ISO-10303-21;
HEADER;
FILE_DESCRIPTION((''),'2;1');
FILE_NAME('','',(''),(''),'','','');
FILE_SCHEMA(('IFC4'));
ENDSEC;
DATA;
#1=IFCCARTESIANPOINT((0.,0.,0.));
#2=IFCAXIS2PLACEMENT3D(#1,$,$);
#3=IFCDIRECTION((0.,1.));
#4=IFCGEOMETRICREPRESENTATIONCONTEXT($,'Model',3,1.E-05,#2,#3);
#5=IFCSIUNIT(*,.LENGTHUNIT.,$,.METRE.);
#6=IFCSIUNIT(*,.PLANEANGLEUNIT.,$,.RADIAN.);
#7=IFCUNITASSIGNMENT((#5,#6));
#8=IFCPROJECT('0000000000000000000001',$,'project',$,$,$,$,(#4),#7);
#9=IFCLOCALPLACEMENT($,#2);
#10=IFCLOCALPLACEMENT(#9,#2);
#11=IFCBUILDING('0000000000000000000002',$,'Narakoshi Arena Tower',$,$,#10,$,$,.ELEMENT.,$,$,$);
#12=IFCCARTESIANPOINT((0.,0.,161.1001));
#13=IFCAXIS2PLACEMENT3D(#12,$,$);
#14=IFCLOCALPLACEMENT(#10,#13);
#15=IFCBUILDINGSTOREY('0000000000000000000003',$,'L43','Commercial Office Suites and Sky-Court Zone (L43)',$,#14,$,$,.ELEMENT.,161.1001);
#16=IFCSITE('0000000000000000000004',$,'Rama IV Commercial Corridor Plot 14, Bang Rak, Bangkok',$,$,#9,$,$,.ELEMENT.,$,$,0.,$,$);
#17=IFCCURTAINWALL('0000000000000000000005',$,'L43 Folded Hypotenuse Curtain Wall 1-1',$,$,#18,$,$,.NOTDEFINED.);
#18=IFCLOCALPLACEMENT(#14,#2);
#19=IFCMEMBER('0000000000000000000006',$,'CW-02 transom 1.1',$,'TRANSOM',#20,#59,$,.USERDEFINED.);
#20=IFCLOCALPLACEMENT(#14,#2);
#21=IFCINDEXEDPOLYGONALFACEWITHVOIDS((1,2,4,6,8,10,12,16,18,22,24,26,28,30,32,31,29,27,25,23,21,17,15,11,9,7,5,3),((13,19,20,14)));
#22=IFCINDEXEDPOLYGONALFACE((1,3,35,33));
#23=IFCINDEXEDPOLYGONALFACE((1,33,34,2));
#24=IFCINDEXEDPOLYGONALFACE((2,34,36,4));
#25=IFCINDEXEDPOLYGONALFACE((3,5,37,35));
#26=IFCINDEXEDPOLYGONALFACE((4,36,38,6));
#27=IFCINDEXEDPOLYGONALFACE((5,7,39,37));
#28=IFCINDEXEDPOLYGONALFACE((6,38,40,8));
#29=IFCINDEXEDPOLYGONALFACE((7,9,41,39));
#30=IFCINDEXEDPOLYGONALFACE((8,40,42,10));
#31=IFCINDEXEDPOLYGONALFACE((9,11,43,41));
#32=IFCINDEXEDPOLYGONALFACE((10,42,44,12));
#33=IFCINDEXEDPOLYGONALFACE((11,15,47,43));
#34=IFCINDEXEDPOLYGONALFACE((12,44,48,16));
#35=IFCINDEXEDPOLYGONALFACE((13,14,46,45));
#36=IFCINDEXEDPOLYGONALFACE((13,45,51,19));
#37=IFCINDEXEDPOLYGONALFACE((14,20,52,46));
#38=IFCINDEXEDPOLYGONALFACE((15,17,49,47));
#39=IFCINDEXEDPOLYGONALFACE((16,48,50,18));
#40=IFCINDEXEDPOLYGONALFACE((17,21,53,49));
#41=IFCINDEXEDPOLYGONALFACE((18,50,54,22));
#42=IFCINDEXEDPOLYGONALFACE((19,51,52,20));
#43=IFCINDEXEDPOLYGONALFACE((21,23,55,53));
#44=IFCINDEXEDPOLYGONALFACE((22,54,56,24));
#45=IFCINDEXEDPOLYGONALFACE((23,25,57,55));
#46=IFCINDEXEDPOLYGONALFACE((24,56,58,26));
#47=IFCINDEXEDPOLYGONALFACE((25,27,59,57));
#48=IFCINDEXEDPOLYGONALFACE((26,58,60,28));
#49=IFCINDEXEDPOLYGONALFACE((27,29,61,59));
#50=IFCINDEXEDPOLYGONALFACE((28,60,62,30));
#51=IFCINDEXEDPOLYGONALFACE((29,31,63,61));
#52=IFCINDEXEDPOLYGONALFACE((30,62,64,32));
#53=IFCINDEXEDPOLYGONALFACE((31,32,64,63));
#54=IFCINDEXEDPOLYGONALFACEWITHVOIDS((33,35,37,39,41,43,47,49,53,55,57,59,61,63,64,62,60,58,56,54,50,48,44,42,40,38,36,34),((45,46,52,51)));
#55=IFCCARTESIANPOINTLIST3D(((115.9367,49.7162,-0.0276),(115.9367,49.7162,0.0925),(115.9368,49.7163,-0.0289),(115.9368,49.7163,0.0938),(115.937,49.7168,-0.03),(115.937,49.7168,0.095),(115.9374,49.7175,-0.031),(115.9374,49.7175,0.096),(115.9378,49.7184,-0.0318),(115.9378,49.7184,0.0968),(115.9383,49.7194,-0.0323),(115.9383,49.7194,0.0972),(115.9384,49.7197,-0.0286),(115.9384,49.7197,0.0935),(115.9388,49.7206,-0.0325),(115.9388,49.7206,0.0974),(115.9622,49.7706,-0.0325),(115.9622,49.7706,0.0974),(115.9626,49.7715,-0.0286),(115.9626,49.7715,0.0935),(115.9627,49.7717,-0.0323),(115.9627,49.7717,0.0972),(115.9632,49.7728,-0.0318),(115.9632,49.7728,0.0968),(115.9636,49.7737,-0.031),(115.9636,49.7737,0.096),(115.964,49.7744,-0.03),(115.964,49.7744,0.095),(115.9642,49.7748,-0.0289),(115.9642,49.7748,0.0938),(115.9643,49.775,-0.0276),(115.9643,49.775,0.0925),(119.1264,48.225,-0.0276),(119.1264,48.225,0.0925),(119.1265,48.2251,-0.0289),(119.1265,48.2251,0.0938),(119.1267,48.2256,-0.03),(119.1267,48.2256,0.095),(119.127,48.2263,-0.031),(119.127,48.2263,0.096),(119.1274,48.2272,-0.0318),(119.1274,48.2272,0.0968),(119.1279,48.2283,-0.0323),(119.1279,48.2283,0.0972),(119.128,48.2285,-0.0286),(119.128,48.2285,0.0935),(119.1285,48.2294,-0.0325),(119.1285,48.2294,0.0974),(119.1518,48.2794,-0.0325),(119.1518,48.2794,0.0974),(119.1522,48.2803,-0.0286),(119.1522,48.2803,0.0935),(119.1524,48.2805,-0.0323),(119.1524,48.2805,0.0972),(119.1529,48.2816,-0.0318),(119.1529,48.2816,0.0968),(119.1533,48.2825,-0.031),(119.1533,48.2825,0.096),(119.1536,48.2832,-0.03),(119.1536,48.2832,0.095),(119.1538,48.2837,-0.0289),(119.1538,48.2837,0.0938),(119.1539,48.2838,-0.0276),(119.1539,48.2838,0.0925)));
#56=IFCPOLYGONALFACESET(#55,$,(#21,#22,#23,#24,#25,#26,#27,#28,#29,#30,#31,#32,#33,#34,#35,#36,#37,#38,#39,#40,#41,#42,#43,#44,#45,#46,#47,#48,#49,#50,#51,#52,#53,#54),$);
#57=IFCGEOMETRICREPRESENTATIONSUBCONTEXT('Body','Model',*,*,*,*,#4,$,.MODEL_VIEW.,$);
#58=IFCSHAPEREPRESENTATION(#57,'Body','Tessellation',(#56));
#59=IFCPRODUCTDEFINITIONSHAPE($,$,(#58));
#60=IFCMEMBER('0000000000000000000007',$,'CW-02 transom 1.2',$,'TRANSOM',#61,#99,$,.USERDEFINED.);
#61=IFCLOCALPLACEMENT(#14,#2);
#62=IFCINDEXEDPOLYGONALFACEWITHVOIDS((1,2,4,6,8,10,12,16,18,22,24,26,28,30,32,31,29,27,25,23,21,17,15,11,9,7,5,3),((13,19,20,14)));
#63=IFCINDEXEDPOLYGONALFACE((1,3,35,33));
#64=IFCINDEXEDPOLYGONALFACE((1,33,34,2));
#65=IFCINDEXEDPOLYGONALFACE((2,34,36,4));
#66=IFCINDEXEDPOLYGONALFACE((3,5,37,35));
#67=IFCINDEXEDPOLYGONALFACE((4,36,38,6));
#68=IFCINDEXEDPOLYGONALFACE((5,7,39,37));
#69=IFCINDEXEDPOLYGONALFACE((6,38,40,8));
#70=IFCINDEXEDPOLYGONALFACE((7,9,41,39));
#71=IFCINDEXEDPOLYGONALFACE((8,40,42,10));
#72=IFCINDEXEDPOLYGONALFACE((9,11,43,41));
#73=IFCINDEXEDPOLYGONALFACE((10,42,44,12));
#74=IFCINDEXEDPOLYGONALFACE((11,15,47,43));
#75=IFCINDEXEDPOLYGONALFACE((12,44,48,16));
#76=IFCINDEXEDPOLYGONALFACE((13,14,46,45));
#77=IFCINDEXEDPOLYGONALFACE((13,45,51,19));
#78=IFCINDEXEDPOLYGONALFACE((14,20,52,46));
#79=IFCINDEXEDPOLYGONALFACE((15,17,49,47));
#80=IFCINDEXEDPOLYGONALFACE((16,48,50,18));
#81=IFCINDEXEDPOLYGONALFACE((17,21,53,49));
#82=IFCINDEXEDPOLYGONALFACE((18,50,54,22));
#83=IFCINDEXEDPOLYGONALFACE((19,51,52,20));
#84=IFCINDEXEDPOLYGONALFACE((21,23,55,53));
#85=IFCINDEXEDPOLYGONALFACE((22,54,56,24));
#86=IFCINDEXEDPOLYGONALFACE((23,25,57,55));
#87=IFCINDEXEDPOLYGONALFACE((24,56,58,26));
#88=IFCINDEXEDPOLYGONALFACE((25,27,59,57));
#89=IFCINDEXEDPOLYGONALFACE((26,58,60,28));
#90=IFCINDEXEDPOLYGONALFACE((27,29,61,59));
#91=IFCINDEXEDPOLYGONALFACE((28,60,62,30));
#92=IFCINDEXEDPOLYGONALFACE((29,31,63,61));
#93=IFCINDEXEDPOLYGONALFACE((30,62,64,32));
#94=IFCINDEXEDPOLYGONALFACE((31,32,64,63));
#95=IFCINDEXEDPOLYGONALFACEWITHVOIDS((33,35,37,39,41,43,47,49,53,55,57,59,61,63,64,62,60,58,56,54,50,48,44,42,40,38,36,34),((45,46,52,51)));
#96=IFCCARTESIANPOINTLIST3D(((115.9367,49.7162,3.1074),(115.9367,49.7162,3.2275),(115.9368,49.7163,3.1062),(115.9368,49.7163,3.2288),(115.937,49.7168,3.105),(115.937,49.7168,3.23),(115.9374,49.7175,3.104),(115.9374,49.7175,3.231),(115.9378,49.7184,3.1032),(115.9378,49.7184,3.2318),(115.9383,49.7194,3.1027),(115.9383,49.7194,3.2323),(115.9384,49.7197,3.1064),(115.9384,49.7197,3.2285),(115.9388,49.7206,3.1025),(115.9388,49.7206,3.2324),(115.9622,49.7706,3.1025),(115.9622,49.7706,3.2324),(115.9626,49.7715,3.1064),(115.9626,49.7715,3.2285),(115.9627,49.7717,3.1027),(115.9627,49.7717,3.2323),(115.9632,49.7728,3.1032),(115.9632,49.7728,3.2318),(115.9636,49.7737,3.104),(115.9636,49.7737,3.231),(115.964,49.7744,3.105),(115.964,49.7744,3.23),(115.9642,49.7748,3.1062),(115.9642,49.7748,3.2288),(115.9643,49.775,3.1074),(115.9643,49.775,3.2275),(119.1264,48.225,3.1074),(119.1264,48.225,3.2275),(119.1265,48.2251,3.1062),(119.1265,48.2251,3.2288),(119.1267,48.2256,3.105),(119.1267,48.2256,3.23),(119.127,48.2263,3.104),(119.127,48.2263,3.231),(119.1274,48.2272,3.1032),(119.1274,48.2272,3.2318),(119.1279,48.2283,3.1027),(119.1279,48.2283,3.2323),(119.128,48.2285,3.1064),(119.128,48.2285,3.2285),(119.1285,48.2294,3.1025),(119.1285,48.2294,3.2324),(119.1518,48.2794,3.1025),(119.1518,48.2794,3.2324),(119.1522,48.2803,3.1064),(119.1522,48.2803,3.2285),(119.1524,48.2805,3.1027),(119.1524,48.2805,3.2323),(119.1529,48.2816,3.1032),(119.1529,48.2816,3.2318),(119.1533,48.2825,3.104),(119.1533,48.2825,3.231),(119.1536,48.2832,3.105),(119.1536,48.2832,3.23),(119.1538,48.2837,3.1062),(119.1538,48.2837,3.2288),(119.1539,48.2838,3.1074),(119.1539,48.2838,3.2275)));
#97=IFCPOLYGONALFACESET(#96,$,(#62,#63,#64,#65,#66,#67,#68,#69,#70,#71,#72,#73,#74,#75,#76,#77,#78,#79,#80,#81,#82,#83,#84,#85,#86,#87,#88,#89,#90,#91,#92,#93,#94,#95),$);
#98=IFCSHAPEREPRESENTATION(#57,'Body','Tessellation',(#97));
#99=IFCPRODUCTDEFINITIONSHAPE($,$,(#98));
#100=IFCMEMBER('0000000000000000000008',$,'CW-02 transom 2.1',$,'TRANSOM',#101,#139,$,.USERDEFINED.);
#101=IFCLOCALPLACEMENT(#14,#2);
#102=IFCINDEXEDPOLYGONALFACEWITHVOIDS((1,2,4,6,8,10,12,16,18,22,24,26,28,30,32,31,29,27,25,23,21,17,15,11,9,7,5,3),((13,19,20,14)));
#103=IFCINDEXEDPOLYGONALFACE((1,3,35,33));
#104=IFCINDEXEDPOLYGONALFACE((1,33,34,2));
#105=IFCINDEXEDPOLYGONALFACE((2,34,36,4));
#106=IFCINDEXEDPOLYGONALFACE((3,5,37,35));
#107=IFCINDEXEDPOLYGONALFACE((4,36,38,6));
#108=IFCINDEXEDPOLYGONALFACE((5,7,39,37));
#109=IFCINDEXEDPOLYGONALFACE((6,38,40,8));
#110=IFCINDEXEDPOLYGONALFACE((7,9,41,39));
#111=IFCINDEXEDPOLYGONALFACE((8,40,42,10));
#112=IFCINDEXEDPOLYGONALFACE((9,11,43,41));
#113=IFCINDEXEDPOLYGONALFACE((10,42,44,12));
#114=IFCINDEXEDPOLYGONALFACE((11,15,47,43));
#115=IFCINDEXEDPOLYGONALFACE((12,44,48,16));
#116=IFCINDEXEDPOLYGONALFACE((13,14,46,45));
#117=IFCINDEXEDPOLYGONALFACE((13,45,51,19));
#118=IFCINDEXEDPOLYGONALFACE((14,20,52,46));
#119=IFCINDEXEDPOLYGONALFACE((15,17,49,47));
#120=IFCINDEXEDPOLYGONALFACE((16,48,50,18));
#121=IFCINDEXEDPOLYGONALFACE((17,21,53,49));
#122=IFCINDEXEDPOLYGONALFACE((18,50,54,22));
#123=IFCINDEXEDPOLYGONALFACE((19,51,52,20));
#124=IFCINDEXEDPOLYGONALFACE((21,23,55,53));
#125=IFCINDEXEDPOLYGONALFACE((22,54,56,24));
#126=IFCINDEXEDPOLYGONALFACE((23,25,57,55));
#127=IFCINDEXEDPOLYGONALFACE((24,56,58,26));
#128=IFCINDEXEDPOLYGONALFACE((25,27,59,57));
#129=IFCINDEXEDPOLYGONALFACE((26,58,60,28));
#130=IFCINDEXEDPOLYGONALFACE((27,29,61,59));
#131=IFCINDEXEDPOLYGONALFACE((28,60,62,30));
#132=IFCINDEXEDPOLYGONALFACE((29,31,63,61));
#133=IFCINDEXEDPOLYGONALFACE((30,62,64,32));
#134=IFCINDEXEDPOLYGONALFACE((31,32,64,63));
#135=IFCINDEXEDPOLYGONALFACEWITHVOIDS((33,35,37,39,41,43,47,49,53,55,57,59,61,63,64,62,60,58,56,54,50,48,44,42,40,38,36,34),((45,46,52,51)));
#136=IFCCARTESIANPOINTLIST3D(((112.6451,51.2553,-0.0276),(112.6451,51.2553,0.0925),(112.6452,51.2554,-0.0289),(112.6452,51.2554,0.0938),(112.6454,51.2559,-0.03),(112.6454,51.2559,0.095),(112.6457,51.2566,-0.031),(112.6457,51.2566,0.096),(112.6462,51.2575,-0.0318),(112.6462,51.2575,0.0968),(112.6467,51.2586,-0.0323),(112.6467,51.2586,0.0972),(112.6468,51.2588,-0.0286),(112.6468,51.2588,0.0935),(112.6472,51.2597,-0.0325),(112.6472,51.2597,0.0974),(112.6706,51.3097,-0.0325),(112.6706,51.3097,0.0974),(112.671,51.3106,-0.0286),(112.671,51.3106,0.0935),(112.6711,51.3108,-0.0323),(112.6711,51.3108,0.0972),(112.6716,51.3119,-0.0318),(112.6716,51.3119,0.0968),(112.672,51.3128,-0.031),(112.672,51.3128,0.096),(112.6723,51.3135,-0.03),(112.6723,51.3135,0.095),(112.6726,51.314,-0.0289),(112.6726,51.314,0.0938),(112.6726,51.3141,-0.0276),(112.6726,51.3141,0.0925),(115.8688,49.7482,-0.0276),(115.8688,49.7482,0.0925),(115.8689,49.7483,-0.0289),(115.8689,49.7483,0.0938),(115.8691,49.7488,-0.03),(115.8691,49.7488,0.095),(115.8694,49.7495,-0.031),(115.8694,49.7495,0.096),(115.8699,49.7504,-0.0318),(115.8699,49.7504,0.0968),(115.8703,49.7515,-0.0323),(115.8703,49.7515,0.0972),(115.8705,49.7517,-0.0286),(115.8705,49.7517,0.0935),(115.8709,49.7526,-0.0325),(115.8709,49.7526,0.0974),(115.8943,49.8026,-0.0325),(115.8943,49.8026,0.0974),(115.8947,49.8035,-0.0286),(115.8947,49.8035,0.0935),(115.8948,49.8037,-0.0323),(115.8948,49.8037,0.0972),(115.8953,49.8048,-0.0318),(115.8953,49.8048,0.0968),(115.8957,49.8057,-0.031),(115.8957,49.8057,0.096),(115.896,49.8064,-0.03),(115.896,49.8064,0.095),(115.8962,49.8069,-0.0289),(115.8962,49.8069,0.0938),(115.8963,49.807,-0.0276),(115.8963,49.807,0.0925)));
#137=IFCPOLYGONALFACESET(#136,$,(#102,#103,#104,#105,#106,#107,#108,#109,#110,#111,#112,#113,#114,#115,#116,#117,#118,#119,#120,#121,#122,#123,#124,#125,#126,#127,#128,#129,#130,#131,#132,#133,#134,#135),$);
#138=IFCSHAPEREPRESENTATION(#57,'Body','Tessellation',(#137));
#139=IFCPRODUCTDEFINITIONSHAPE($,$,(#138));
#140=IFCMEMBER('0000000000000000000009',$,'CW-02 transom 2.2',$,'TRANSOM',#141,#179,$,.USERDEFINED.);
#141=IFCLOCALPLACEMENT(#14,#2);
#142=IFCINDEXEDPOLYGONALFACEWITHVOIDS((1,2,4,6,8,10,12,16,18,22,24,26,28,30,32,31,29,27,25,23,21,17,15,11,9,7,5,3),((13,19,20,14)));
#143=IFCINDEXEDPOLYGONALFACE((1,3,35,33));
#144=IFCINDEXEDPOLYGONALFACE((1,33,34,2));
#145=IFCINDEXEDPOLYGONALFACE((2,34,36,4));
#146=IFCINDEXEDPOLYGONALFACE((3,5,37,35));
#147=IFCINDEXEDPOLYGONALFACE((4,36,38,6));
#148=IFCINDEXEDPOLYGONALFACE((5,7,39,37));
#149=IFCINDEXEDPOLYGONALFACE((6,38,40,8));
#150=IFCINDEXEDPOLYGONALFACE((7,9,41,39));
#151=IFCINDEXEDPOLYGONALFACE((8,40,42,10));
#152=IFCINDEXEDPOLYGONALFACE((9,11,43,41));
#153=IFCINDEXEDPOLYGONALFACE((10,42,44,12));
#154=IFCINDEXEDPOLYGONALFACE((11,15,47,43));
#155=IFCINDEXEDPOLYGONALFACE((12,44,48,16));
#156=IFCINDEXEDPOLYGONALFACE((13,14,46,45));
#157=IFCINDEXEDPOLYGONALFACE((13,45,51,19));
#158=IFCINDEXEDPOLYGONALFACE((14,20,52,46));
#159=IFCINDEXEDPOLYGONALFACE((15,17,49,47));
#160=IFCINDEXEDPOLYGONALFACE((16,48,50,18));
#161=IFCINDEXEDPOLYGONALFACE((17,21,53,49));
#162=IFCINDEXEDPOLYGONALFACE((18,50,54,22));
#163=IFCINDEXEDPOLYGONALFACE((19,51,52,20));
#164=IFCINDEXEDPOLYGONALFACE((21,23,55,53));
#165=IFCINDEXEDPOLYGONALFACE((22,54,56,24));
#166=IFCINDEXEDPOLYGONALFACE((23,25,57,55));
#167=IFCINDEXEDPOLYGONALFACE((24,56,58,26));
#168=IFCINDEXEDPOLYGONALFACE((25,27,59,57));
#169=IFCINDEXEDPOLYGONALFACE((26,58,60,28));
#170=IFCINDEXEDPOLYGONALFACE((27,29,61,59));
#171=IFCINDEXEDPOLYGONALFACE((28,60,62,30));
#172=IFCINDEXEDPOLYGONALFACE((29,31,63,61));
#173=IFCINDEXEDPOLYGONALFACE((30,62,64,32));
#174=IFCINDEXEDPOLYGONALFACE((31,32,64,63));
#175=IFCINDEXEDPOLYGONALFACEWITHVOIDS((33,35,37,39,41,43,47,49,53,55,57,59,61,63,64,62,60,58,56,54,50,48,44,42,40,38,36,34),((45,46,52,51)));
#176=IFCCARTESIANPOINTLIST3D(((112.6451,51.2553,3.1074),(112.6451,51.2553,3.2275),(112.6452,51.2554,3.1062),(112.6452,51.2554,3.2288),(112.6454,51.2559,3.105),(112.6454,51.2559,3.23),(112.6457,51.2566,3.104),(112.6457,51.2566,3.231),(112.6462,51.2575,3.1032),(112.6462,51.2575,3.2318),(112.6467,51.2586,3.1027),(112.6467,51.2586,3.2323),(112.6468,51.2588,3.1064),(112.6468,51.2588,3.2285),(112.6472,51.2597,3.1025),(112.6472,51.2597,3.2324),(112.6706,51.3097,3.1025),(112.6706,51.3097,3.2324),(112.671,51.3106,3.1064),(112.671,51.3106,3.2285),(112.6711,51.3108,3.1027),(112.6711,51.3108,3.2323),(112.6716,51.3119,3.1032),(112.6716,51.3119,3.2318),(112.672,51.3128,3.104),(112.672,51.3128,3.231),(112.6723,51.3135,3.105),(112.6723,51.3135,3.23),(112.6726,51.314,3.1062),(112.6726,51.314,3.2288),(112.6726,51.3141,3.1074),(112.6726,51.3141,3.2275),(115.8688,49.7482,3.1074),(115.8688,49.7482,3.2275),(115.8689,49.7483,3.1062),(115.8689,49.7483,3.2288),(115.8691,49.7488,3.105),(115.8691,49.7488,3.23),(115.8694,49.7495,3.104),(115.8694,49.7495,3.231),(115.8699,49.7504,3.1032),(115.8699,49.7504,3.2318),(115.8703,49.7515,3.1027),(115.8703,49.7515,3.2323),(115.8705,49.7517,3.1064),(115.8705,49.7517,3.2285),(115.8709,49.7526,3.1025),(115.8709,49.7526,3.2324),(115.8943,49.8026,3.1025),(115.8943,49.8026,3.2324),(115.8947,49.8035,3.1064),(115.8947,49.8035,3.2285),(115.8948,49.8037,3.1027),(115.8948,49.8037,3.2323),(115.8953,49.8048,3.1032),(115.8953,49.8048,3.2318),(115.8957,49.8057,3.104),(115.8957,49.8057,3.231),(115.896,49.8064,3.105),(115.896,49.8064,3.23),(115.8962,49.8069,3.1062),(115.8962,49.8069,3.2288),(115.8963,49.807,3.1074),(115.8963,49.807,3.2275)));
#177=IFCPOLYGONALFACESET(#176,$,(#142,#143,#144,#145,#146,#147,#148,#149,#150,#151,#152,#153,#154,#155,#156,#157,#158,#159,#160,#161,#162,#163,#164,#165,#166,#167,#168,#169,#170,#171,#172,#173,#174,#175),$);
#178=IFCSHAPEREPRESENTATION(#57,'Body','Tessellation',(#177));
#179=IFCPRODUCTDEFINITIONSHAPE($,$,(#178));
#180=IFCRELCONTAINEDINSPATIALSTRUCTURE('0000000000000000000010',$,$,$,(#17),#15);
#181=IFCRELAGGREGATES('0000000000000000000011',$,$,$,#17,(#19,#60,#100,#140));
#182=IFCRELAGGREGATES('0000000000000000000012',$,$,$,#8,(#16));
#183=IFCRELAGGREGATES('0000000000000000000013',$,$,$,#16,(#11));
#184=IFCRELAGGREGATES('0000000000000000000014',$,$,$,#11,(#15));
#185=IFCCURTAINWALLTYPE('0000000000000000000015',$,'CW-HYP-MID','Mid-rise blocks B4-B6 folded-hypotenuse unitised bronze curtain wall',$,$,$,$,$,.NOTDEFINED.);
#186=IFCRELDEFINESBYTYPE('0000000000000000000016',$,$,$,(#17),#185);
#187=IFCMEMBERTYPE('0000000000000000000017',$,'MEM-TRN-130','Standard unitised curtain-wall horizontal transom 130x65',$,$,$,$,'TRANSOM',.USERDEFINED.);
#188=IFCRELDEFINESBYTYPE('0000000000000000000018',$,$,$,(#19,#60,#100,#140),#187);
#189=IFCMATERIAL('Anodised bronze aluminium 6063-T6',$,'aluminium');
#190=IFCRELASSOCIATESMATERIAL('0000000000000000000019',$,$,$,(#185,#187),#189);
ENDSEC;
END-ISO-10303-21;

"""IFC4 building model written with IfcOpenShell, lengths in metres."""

from ifc_helpers import new_model, si_unit, direction, frame, origin, origin_2d, place, context, subcontext, project, spatial, hollow_rectangle, extrude, material, material_profile, profile_set, type_object, element, aggregate, save


model = new_model("IFC4")

# Units and contexts
model_context = context("Model", 3, precision=1e-05, world=origin(), true_north=direction((0.0, 1.0)))
body_context = subcontext(model_context, "Body", "Model", "MODEL_VIEW")
ifc_project = project(units=[si_unit("LENGTHUNIT", "METRE"), si_unit("PLANEANGLEUNIT", "RADIAN")], contexts=[model_context])

# Site, building, storey
site_placement = place(None, origin())
site = spatial("IfcSite", under=ifc_project, at=site_placement, Name="Rama IV Commercial Corridor Plot 14, Bang Rak, Bangkok", CompositionType="ELEMENT", RefElevation=0.0)
building_placement = place(site_placement, origin())
building = spatial("IfcBuilding", under=site, at=building_placement, Name="Narakoshi Arena Tower", CompositionType="ELEMENT")
storey_placement = place(building_placement, frame((0.0, 0.0, 161.1001)))
storey = spatial("IfcBuildingStorey", under=building, at=storey_placement, Name="L43", Description="Commercial Office Suites and Sky-Court Zone (L43)", CompositionType="ELEMENT", Elevation=161.1001)

# Curtain wall, members
ifc_material_1 = material(Name="Anodised bronze aluminium 6063-T6", Category="aluminium")
curtain_wall_type = type_object("IfcCurtainWallType", Name="CW-HYP-MID", Description="Mid-rise blocks B4-B6 folded-hypotenuse unitised bronze curtain wall", PredefinedType="NOTDEFINED", material=ifc_material_1)
curtain_wall_placement = place(storey_placement, origin())
curtain_wall = element("IfcCurtainWall", 1, at=curtain_wall_placement, inside=storey, type_object=curtain_wall_type, Name="L43 Folded Hypotenuse Curtain Wall 1-1", PredefinedType="NOTDEFINED")
ifc_material_profile_1 = material_profile(ifc_material_1, hollow_rectangle(XDim=0.0649, YDim=0.1299, WallThickness=0.0039, OuterFilletRadius=0.0049, at=origin_2d()), Name="TRN130x65x4")
ifc_profile_set_1 = profile_set([ifc_material_profile_1], Name="Anodised bronze aluminium 6063-T6")
member_type_1 = type_object("IfcMemberType", Name="MEM-TRN-130", Description="Standard unitised curtain-wall horizontal transom 130x65", ElementType="TRANSOM", PredefinedType="USERDEFINED", material=ifc_profile_set_1)
member_1_placement = place(storey_placement, frame((119.1401, 48.2544, 0.0325), z_axis=(-0.905891, 0.423512, 0.0), x_axis=(-0.423512, -0.905891, 0.0)))
member_1 = element("IfcMember", 2, at=member_1_placement, type_object=member_type_1, Name="CW-02 transom 1.1", ObjectType="TRANSOM", PredefinedType="USERDEFINED", context=body_context, shape_type="SweptSolid", body=[
    extrude(hollow_rectangle(XDim=0.0649, YDim=0.1299, WallThickness=0.0039, OuterFilletRadius=0.0049, at=origin_2d()), origin(), (0.0, 0.0, 1.0), 3.521),
])
member_2_placement = place(storey_placement, frame((119.1401, 48.2544, 3.1675), z_axis=(-0.905891, 0.423512, 0.0), x_axis=(-0.423512, -0.905891, 0.0)))
member_2 = element("IfcMember", 3, at=member_2_placement, type_object=member_type_1, Name="CW-02 transom 1.2", ObjectType="TRANSOM", PredefinedType="USERDEFINED", context=body_context, shape_type="SweptSolid", body=[
    extrude(hollow_rectangle(XDim=0.0649, YDim=0.1299, WallThickness=0.0039, OuterFilletRadius=0.0049, at=origin_2d()), origin(), (0.0, 0.0, 1.0), 3.521),
])
member_3_placement = place(storey_placement, frame((115.8826, 49.7776, 0.0325), z_axis=(-0.90589, 0.423513, 0.0), x_axis=(-0.423513, -0.90589, 0.0)))
member_3 = element("IfcMember", 4, at=member_3_placement, type_object=member_type_1, Name="CW-02 transom 2.1", ObjectType="TRANSOM", PredefinedType="USERDEFINED", context=body_context, shape_type="SweptSolid", body=[
    extrude(hollow_rectangle(XDim=0.0649, YDim=0.1299, WallThickness=0.0039, OuterFilletRadius=0.0049, at=origin_2d()), origin(), (0.0, 0.0, 1.0), 3.5586),
])
member_4_placement = place(storey_placement, frame((115.8826, 49.7776, 3.1675), z_axis=(-0.90589, 0.423513, 0.0), x_axis=(-0.423513, -0.90589, 0.0)))
member_4 = element("IfcMember", 5, at=member_4_placement, type_object=member_type_1, Name="CW-02 transom 2.2", ObjectType="TRANSOM", PredefinedType="USERDEFINED", context=body_context, shape_type="SweptSolid", body=[
    extrude(hollow_rectangle(XDim=0.0649, YDim=0.1299, WallThickness=0.0039, OuterFilletRadius=0.0049, at=origin_2d()), origin(), (0.0, 0.0, 1.0), 3.5586),
])
aggregate(curtain_wall, [member_1, member_2, member_3, member_4])

save(model, "model.ifc")
